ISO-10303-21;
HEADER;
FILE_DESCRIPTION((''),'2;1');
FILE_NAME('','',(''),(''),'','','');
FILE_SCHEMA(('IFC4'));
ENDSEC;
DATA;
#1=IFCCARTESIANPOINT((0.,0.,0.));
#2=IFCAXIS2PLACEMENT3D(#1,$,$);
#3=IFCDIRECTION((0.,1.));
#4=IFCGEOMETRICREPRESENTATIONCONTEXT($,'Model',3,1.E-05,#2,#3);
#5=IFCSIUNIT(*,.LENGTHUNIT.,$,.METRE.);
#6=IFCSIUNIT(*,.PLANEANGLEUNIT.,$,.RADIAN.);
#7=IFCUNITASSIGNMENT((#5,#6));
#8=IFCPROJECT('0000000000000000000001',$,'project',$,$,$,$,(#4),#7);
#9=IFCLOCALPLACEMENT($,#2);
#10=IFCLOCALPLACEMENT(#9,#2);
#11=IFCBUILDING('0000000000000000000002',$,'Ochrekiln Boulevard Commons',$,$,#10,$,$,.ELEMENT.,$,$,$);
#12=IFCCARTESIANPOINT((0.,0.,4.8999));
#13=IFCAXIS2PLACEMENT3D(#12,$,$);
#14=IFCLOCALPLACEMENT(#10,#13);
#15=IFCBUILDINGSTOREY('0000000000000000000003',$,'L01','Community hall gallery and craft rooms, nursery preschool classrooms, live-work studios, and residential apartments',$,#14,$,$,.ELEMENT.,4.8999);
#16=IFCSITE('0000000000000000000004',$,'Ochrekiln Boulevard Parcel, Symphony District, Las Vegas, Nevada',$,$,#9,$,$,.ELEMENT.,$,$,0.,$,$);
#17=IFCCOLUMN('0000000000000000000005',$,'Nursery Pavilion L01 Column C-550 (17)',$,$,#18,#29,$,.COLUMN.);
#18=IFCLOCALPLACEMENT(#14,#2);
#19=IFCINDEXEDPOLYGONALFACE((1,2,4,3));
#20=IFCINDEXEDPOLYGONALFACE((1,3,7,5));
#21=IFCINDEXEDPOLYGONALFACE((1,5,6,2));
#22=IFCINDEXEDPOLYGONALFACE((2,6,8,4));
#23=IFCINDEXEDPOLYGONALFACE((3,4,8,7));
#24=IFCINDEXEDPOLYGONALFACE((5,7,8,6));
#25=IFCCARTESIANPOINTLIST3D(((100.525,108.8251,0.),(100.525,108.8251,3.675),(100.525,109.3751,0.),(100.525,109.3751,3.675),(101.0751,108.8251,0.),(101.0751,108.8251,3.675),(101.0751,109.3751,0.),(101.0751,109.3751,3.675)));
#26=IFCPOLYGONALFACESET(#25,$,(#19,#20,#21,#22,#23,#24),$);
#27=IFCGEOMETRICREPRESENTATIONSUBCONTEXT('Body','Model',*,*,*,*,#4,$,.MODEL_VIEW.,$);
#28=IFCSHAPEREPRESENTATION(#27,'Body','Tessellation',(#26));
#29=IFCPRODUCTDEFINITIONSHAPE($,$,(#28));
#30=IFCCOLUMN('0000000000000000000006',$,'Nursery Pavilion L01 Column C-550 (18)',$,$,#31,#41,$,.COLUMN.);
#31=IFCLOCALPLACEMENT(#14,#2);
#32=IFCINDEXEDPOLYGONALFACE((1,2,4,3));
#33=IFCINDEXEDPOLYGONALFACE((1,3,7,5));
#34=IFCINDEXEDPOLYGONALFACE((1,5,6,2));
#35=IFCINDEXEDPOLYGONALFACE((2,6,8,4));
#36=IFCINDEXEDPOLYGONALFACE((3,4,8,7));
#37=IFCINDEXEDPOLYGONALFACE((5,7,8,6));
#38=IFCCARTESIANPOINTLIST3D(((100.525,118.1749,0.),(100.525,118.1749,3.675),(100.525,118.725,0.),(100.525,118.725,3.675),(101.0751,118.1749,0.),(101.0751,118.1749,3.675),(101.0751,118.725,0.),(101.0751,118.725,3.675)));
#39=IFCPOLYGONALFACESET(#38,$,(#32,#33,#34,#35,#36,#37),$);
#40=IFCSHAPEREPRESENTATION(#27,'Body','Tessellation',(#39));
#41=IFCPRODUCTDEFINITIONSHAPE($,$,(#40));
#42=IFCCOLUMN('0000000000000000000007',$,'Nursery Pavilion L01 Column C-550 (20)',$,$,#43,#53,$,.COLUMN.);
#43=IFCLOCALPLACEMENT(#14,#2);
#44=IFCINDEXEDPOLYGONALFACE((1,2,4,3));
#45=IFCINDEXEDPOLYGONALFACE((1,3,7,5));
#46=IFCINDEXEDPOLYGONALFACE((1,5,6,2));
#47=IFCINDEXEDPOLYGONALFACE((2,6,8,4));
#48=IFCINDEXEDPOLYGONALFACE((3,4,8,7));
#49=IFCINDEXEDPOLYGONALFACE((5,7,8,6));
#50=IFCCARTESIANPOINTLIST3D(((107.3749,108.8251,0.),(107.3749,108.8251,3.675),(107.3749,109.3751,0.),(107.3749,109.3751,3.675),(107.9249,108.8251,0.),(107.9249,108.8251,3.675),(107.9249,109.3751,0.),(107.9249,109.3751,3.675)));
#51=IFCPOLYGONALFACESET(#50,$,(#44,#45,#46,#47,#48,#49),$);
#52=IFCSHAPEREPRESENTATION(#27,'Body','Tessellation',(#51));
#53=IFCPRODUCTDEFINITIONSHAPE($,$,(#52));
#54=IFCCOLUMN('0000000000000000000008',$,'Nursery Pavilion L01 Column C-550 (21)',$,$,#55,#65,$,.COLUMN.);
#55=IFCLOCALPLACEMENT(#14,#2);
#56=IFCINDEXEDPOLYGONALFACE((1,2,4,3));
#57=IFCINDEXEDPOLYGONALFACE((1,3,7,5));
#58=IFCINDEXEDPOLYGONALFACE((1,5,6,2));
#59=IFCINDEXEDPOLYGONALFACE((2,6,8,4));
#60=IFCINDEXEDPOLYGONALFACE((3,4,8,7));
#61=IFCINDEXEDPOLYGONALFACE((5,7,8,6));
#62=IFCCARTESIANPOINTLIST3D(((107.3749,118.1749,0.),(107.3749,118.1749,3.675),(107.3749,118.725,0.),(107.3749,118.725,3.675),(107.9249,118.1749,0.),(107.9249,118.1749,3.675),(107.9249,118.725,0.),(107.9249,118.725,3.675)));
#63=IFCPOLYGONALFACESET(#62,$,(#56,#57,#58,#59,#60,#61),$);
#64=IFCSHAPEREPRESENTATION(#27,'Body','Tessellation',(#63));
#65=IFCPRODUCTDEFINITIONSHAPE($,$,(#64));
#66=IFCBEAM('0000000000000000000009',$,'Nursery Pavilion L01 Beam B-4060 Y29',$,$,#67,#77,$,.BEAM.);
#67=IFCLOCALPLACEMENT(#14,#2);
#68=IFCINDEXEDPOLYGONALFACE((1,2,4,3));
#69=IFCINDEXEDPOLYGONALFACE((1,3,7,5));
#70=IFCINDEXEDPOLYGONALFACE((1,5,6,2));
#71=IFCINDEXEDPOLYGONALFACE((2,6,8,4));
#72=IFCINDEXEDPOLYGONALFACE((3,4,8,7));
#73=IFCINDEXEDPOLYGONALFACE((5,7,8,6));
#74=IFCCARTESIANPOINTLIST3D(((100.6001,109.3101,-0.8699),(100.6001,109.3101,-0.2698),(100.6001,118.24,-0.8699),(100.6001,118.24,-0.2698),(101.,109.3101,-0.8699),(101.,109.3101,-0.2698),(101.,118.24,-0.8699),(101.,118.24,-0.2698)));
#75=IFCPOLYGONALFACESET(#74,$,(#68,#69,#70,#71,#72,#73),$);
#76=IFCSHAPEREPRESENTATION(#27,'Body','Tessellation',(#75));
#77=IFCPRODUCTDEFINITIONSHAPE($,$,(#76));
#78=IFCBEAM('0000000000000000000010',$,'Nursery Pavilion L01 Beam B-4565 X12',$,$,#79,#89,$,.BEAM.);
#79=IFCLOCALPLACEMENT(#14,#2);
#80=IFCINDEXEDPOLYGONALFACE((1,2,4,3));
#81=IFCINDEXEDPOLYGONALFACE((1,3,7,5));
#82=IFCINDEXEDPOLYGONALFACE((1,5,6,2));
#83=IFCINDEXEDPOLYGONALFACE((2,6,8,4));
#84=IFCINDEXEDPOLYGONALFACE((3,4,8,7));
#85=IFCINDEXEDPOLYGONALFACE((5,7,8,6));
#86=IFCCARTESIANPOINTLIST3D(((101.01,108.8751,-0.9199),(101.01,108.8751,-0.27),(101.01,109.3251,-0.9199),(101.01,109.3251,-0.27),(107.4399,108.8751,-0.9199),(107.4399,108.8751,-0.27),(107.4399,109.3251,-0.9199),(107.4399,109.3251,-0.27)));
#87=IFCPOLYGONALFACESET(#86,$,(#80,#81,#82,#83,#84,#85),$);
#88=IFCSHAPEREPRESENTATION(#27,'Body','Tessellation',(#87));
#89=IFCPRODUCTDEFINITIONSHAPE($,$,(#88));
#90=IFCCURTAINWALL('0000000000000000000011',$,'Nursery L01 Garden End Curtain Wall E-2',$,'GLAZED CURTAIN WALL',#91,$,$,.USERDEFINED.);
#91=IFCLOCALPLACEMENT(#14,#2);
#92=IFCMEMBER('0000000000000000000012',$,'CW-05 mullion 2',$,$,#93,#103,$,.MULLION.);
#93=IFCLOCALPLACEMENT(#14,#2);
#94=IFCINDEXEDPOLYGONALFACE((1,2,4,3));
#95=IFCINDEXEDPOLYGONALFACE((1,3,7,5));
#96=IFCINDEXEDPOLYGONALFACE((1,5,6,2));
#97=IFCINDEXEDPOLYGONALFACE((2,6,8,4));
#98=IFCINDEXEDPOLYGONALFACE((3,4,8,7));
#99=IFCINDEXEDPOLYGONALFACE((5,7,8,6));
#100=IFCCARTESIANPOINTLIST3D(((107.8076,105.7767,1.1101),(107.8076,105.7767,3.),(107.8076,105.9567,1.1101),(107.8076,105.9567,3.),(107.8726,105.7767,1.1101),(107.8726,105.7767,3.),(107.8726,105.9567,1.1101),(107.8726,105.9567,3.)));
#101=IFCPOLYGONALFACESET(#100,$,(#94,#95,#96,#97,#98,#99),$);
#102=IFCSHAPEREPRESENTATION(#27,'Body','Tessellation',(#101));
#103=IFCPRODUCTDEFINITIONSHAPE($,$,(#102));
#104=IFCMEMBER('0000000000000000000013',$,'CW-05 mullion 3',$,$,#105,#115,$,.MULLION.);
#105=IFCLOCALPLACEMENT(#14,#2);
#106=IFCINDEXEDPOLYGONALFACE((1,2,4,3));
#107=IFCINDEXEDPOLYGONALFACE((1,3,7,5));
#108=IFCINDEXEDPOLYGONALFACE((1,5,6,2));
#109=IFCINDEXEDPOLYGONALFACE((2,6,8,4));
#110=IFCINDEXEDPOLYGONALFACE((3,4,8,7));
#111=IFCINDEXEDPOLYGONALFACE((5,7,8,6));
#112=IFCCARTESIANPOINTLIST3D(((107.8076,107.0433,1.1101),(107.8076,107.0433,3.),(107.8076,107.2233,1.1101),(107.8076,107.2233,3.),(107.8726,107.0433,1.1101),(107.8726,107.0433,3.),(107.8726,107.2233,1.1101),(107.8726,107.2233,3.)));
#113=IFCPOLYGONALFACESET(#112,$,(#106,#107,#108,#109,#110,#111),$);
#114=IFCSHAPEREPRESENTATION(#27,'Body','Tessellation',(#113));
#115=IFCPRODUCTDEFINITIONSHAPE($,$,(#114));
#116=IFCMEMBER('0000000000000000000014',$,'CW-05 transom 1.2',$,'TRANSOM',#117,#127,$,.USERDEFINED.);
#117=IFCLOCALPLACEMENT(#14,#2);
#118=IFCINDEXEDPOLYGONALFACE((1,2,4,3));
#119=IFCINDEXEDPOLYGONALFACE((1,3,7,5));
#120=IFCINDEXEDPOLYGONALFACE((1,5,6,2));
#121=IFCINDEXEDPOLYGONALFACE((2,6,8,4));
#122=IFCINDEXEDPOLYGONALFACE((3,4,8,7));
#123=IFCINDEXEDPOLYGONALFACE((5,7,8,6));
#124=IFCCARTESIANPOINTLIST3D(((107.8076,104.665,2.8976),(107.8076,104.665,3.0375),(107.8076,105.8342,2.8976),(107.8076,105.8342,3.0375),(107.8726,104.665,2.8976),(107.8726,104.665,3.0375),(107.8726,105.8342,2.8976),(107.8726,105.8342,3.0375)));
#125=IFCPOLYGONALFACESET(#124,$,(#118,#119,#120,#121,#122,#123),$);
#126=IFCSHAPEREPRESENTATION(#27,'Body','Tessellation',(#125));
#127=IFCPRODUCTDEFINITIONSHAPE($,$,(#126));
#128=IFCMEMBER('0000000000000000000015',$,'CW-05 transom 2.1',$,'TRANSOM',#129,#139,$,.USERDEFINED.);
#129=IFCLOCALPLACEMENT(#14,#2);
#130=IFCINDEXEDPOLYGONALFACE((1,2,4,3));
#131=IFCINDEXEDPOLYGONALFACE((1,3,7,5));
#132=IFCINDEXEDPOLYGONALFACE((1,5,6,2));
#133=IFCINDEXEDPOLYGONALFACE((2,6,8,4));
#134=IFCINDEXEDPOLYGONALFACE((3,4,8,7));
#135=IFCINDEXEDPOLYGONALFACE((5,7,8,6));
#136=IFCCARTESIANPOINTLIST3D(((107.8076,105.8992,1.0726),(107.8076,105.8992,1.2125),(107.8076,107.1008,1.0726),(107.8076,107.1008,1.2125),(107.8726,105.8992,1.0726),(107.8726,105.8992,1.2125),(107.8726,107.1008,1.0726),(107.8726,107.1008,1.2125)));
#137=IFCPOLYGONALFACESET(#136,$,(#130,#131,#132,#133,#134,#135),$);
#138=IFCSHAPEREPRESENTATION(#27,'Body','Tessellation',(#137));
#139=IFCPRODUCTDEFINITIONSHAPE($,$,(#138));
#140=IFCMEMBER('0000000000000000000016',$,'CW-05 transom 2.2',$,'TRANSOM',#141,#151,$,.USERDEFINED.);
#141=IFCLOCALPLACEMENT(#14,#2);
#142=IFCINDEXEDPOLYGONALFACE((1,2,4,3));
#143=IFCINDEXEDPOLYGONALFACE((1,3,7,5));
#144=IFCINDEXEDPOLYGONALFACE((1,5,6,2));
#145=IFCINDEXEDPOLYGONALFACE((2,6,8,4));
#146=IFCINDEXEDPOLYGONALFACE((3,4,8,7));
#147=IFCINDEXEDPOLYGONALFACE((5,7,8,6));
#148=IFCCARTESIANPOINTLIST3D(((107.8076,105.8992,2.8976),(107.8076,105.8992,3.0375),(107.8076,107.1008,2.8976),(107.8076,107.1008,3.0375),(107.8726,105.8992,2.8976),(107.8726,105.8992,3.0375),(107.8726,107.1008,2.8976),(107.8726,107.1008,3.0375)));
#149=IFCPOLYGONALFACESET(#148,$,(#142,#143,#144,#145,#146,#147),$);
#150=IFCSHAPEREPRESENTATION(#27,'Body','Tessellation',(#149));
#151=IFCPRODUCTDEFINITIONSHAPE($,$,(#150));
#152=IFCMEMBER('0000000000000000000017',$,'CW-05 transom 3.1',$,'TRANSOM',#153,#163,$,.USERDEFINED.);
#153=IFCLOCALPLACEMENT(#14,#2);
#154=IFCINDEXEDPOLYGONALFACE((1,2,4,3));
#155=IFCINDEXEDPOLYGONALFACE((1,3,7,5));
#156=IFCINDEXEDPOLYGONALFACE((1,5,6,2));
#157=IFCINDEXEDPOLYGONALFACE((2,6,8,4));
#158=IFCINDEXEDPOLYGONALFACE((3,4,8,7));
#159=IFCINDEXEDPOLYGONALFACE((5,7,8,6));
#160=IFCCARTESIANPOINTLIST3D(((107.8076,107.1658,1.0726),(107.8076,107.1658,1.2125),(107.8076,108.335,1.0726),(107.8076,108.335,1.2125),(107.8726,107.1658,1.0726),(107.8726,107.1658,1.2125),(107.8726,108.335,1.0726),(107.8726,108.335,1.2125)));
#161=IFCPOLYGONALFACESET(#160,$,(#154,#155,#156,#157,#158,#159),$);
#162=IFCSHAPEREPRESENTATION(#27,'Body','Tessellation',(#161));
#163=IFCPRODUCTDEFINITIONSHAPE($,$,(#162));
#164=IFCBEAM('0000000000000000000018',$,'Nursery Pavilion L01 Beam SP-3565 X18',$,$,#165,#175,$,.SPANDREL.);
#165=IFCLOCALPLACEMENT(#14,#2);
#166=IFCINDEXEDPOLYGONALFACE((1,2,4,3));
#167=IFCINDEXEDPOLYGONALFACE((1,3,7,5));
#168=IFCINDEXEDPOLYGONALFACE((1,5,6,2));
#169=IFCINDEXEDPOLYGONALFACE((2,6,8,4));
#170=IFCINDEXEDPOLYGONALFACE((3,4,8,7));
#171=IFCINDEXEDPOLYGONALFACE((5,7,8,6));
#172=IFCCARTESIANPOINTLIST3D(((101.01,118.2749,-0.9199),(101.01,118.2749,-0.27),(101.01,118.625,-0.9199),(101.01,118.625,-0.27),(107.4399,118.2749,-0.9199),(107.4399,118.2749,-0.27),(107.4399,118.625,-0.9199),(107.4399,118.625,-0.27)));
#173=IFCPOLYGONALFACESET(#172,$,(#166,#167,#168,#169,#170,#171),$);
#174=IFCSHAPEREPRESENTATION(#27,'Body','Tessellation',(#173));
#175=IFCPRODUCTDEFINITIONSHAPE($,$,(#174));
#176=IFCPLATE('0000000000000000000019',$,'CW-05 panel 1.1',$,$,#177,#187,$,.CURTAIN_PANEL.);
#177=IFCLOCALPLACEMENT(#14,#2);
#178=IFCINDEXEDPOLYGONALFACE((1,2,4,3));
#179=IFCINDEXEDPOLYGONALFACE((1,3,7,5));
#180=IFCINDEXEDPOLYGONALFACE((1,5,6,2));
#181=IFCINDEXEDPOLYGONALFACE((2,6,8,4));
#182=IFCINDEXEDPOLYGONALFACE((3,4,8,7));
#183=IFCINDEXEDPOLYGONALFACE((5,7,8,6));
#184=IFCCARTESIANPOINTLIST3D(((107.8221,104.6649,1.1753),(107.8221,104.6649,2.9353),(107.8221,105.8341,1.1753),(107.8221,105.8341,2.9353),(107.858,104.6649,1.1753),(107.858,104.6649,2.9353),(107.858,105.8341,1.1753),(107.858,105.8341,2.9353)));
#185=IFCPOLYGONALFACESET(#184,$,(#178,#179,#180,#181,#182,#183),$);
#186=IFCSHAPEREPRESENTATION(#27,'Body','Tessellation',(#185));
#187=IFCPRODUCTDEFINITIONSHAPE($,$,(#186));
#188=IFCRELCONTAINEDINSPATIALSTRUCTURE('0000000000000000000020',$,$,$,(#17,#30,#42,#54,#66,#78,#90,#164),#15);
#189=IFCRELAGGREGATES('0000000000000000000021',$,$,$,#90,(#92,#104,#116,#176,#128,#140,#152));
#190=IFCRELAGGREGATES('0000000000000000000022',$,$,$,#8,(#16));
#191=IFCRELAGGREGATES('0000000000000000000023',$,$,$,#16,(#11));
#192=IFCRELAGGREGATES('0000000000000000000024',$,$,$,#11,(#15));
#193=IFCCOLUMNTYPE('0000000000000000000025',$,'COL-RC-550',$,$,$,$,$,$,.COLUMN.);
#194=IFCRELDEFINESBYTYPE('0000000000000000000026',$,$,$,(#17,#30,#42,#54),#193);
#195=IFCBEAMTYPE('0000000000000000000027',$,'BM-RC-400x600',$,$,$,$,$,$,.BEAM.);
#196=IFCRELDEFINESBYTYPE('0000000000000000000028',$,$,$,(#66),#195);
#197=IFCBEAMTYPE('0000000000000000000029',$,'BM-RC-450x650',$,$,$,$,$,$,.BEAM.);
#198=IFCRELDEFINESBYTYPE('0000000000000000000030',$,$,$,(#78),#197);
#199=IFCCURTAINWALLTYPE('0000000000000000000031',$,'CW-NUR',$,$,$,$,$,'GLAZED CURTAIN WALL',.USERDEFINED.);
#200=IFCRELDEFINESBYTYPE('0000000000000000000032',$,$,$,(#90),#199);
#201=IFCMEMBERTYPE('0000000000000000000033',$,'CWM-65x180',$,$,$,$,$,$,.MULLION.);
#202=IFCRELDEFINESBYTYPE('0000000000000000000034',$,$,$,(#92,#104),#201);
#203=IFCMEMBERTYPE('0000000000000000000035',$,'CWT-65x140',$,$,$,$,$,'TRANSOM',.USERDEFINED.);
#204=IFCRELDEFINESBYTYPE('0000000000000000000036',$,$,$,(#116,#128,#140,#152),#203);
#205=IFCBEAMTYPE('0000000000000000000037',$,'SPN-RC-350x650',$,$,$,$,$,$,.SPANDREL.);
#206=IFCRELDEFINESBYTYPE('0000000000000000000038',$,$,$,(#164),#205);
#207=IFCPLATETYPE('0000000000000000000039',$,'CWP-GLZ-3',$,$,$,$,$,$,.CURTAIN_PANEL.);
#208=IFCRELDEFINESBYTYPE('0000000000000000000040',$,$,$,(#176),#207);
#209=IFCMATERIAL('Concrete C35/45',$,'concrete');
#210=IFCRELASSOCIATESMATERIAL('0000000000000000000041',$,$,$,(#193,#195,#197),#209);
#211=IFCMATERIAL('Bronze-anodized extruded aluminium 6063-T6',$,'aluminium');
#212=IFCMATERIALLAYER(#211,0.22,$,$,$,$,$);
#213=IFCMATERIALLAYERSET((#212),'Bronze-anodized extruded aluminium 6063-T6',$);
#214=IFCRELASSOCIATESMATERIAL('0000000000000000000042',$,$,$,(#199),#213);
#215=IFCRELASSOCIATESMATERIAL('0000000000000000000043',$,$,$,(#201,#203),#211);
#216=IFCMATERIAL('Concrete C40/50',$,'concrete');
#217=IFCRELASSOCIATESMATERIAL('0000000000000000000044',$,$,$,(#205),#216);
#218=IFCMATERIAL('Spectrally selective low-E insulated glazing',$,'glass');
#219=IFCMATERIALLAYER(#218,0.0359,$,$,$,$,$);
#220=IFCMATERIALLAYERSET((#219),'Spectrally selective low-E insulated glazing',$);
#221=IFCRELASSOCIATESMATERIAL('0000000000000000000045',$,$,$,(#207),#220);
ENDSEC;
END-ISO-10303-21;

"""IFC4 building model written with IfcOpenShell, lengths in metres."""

from ifc_helpers import new_model, si_unit, direction, frame, origin, origin_2d, place, context, subcontext, project, spatial, rectangle, extrude, material, layer, layer_set, material_profile, profile_set, type_object, element, aggregate, save


model = new_model("IFC4")

# Units and contexts
model_context = context("Model", 3, precision=1e-05, world=origin(), true_north=direction((0.0, 1.0)))
body_context = subcontext(model_context, "Body", "Model", "MODEL_VIEW")
ifc_project = project(units=[si_unit("LENGTHUNIT", "METRE"), si_unit("PLANEANGLEUNIT", "RADIAN")], contexts=[model_context])

# Site, building, storey
site_placement = place(None, origin())
site = spatial("IfcSite", under=ifc_project, at=site_placement, Name="Ochrekiln Boulevard Parcel, Symphony District, Las Vegas, Nevada", CompositionType="ELEMENT", RefElevation=0.0)
building_placement = place(site_placement, origin())
building = spatial("IfcBuilding", under=site, at=building_placement, Name="Ochrekiln Boulevard Commons", CompositionType="ELEMENT")
storey_placement = place(building_placement, frame((0.0, 0.0, 4.8999)))
storey = spatial("IfcBuildingStorey", under=building, at=storey_placement, Name="L01", Description="Community hall gallery and craft rooms, nursery preschool classrooms, live-work studios, and residential apartments", CompositionType="ELEMENT", Elevation=4.8999)

# Columns
ifc_material_1 = material(Name="Concrete C35/45", Category="concrete")
ifc_material_profile_1 = material_profile(ifc_material_1, rectangle(XDim=0.55, YDim=0.55, at=origin_2d()), Name="RC-COL-550x550")
ifc_profile_set_1 = profile_set([ifc_material_profile_1], Name="Concrete C35/45")
column_type = type_object("IfcColumnType", Name="COL-RC-550", PredefinedType="COLUMN", material=ifc_profile_set_1)
for number, where, z_axis, x_axis, name in (
    (1, (100.8, 109.1001, 0.0), (0.0, 0.0, 1.0), (1.0, 0.0, 0.0), "Nursery Pavilion L01 Column C-550 (17)"),
    (2, (100.8, 118.45, 0.0), (0.0, 0.0, 1.0), (1.0, 0.0, 0.0), "Nursery Pavilion L01 Column C-550 (18)"),
    (3, (107.6499, 109.1001, 0.0), (0.0, 0.0, 1.0), (1.0, 0.0, 0.0), "Nursery Pavilion L01 Column C-550 (20)"),
    (4, (107.6499, 118.45, 0.0), (0.0, 0.0, 1.0), (1.0, 0.0, 0.0), "Nursery Pavilion L01 Column C-550 (21)"),
):
    element("IfcColumn", number, at=place(storey_placement, frame(where, z_axis=z_axis, x_axis=x_axis)), inside=storey, type_object=column_type, Name=name, PredefinedType="COLUMN", context=body_context, shape_type="SweptSolid", body=[
        extrude(rectangle(XDim=0.55, YDim=0.55, at=origin_2d()), origin(), (0.0, 0.0, 1.0), 3.675),
    ])

# Beams
ifc_material_profile_2 = material_profile(ifc_material_1, rectangle(XDim=0.3999, YDim=0.6001, at=origin_2d()), Name="RC-BM-400x600")
ifc_profile_set_2 = profile_set([ifc_material_profile_2], Name="Concrete C35/45")
beam_type_1 = type_object("IfcBeamType", Name="BM-RC-400x600", PredefinedType="BEAM", material=ifc_profile_set_2)
beam_1_placement = place(storey_placement, frame((100.8, 109.3101, -0.5698), z_axis=(0.0, 1.0, 0.0), x_axis=(-1.0, 0.0, 0.0)))
element("IfcBeam", 5, at=beam_1_placement, inside=storey, type_object=beam_type_1, Name="Nursery Pavilion L01 Beam B-4060 Y29", PredefinedType="BEAM", context=body_context, shape_type="SweptSolid", body=[
    extrude(rectangle(XDim=0.3999, YDim=0.6001, at=origin_2d()), origin(), (0.0, 0.0, 1.0), 8.9299),
])
ifc_material_profile_3 = material_profile(ifc_material_1, rectangle(XDim=0.45, YDim=0.6499, at=origin_2d()), Name="RC-BM-450x650")
ifc_profile_set_3 = profile_set([ifc_material_profile_3], Name="Concrete C35/45")
beam_type_2 = type_object("IfcBeamType", Name="BM-RC-450x650", PredefinedType="BEAM", material=ifc_profile_set_3)
beam_2_placement = place(storey_placement, frame((101.01, 109.1001, -0.595), z_axis=(1.0, 0.0, 0.0), x_axis=(0.0, 1.0, 0.0)))
element("IfcBeam", 6, at=beam_2_placement, inside=storey, type_object=beam_type_2, Name="Nursery Pavilion L01 Beam B-4565 X12", PredefinedType="BEAM", context=body_context, shape_type="SweptSolid", body=[
    extrude(rectangle(XDim=0.45, YDim=0.6499, at=origin_2d()), origin(), (0.0, 0.0, 1.0), 6.4299),
])

# Curtain wall, members
ifc_material_2 = material(Name="Bronze-anodized extruded aluminium 6063-T6", Category="aluminium")
ifc_layer_1 = layer(ifc_material_2, 0.22)
ifc_layer_set_1 = layer_set([ifc_layer_1], Name="Bronze-anodized extruded aluminium 6063-T6")
curtain_wall_type = type_object("IfcCurtainWallType", Name="CW-NUR", ElementType="GLAZED CURTAIN WALL", PredefinedType="USERDEFINED", material=ifc_layer_set_1)
curtain_wall_placement = place(storey_placement, origin())
curtain_wall = element("IfcCurtainWall", 7, at=curtain_wall_placement, inside=storey, type_object=curtain_wall_type, Name="Nursery L01 Garden End Curtain Wall E-2", ObjectType="GLAZED CURTAIN WALL", PredefinedType="USERDEFINED")
ifc_material_profile_4 = material_profile(ifc_material_2, rectangle(XDim=0.0649, YDim=0.1799, at=origin_2d()), Name="ALU-MUL-65x180")
ifc_profile_set_4 = profile_set([ifc_material_profile_4], Name="Bronze-anodized extruded aluminium 6063-T6")
member_type_1 = type_object("IfcMemberType", Name="CWM-65x180", PredefinedType="MULLION", material=ifc_profile_set_4)
member_1_placement = place(storey_placement, frame((107.8401, 105.8667, 1.1101), z_axis=(0.0, 0.0, 1.0), x_axis=(-1.0, 0.0, 0.0)))
member_1 = element("IfcMember", 8, at=member_1_placement, type_object=member_type_1, Name="CW-05 mullion 2", PredefinedType="MULLION", context=body_context, shape_type="SweptSolid", body=[
    extrude(rectangle(XDim=0.0649, YDim=0.1799, at=origin_2d()), origin(), (0.0, 0.0, 1.0), 1.8899),
])
member_2_placement = place(storey_placement, frame((107.8401, 107.1333, 1.1101), z_axis=(0.0, 0.0, 1.0), x_axis=(-1.0, 0.0, 0.0)))
member_2 = element("IfcMember", 9, at=member_2_placement, type_object=member_type_1, Name="CW-05 mullion 3", PredefinedType="MULLION", context=body_context, shape_type="SweptSolid", body=[
    extrude(rectangle(XDim=0.0649, YDim=0.1799, at=origin_2d()), origin(), (0.0, 0.0, 1.0), 1.8899),
])
ifc_material_profile_5 = material_profile(ifc_material_2, rectangle(XDim=0.0649, YDim=0.1399, at=origin_2d()), Name="ALU-TRN-65x140")
ifc_profile_set_5 = profile_set([ifc_material_profile_5], Name="Bronze-anodized extruded aluminium 6063-T6")
member_type_2 = type_object("IfcMemberType", Name="CWT-65x140", ElementType="TRANSOM", PredefinedType="USERDEFINED", material=ifc_profile_set_5)
member_3_placement = place(storey_placement, frame((107.8401, 104.665, 2.9675), z_axis=(0.0, 1.0, 0.0), x_axis=(-1.0, 0.0, 0.0)))
member_3 = element("IfcMember", 10, at=member_3_placement, type_object=member_type_2, Name="CW-05 transom 1.2", ObjectType="TRANSOM", PredefinedType="USERDEFINED", context=body_context, shape_type="SweptSolid", body=[
    extrude(rectangle(XDim=0.0649, YDim=0.1399, at=origin_2d()), origin(), (0.0, 0.0, 1.0), 1.1692),
])
member_4_placement = place(storey_placement, frame((107.8401, 105.8992, 1.1426), z_axis=(0.0, 1.0, 0.0), x_axis=(-1.0, 0.0, 0.0)))
member_4 = element("IfcMember", 11, at=member_4_placement, type_object=member_type_2, Name="CW-05 transom 2.1", ObjectType="TRANSOM", PredefinedType="USERDEFINED", context=body_context, shape_type="SweptSolid", body=[
    extrude(rectangle(XDim=0.0649, YDim=0.1399, at=origin_2d()), origin(), (0.0, 0.0, 1.0), 1.2017),
])
member_5_placement = place(storey_placement, frame((107.8401, 105.8992, 2.9675), z_axis=(0.0, 1.0, 0.0), x_axis=(-1.0, 0.0, 0.0)))
member_5 = element("IfcMember", 12, at=member_5_placement, type_object=member_type_2, Name="CW-05 transom 2.2", ObjectType="TRANSOM", PredefinedType="USERDEFINED", context=body_context, shape_type="SweptSolid", body=[
    extrude(rectangle(XDim=0.0649, YDim=0.1399, at=origin_2d()), origin(), (0.0, 0.0, 1.0), 1.2017),
])
member_6_placement = place(storey_placement, frame((107.8401, 107.1658, 1.1426), z_axis=(0.0, 1.0, 0.0), x_axis=(-1.0, 0.0, 0.0)))
member_6 = element("IfcMember", 13, at=member_6_placement, type_object=member_type_2, Name="CW-05 transom 3.1", ObjectType="TRANSOM", PredefinedType="USERDEFINED", context=body_context, shape_type="SweptSolid", body=[
    extrude(rectangle(XDim=0.0649, YDim=0.1399, at=origin_2d()), origin(), (0.0, 0.0, 1.0), 1.1692),
])

# Beam
ifc_material_3 = material(Name="Concrete C40/50", Category="concrete")
ifc_material_profile_6 = material_profile(ifc_material_3, rectangle(XDim=0.3501, YDim=0.6499, at=origin_2d()), Name="RC-SPN-350x650")
ifc_profile_set_6 = profile_set([ifc_material_profile_6], Name="Concrete C40/50")
beam_type_3 = type_object("IfcBeamType", Name="SPN-RC-350x650", PredefinedType="SPANDREL", material=ifc_profile_set_6)
beam_3_placement = place(storey_placement, frame((101.01, 118.45, -0.595), z_axis=(1.0, 0.0, 0.0), x_axis=(0.0, 1.0, 0.0)))
element("IfcBeam", 14, at=beam_3_placement, inside=storey, type_object=beam_type_3, Name="Nursery Pavilion L01 Beam SP-3565 X18", PredefinedType="SPANDREL", context=body_context, shape_type="SweptSolid", body=[
    extrude(rectangle(XDim=0.3501, YDim=0.6499, at=origin_2d()), origin(), (0.0, 0.0, 1.0), 6.4299),
])

# Plate
ifc_material_4 = material(Name="Spectrally selective low-E insulated glazing", Category="glass")
ifc_layer_2 = layer(ifc_material_4, 0.0359)
ifc_layer_set_2 = layer_set([ifc_layer_2], Name="Spectrally selective low-E insulated glazing")
plate_type = type_object("IfcPlateType", Name="CWP-GLZ-3", PredefinedType="CURTAIN_PANEL", material=ifc_layer_set_2)
plate_1_placement = place(storey_placement, frame((107.8401, 105.2495, 1.1753), z_axis=(0.0, 0.0, 1.0), x_axis=(0.0, 1.0, 0.0)))
plate_1 = element("IfcPlate", 15, at=plate_1_placement, type_object=plate_type, Name="CW-05 panel 1.1", PredefinedType="CURTAIN_PANEL", context=body_context, shape_type="SweptSolid", body=[
    extrude(rectangle(XDim=1.1692, YDim=0.0359, at=origin_2d()), origin(), (0.0, 0.0, 1.0), 1.76),
])
aggregate(curtain_wall, [member_1, member_2, member_3, plate_1, member_4, member_5, member_6])

save(model, "model.ifc")
